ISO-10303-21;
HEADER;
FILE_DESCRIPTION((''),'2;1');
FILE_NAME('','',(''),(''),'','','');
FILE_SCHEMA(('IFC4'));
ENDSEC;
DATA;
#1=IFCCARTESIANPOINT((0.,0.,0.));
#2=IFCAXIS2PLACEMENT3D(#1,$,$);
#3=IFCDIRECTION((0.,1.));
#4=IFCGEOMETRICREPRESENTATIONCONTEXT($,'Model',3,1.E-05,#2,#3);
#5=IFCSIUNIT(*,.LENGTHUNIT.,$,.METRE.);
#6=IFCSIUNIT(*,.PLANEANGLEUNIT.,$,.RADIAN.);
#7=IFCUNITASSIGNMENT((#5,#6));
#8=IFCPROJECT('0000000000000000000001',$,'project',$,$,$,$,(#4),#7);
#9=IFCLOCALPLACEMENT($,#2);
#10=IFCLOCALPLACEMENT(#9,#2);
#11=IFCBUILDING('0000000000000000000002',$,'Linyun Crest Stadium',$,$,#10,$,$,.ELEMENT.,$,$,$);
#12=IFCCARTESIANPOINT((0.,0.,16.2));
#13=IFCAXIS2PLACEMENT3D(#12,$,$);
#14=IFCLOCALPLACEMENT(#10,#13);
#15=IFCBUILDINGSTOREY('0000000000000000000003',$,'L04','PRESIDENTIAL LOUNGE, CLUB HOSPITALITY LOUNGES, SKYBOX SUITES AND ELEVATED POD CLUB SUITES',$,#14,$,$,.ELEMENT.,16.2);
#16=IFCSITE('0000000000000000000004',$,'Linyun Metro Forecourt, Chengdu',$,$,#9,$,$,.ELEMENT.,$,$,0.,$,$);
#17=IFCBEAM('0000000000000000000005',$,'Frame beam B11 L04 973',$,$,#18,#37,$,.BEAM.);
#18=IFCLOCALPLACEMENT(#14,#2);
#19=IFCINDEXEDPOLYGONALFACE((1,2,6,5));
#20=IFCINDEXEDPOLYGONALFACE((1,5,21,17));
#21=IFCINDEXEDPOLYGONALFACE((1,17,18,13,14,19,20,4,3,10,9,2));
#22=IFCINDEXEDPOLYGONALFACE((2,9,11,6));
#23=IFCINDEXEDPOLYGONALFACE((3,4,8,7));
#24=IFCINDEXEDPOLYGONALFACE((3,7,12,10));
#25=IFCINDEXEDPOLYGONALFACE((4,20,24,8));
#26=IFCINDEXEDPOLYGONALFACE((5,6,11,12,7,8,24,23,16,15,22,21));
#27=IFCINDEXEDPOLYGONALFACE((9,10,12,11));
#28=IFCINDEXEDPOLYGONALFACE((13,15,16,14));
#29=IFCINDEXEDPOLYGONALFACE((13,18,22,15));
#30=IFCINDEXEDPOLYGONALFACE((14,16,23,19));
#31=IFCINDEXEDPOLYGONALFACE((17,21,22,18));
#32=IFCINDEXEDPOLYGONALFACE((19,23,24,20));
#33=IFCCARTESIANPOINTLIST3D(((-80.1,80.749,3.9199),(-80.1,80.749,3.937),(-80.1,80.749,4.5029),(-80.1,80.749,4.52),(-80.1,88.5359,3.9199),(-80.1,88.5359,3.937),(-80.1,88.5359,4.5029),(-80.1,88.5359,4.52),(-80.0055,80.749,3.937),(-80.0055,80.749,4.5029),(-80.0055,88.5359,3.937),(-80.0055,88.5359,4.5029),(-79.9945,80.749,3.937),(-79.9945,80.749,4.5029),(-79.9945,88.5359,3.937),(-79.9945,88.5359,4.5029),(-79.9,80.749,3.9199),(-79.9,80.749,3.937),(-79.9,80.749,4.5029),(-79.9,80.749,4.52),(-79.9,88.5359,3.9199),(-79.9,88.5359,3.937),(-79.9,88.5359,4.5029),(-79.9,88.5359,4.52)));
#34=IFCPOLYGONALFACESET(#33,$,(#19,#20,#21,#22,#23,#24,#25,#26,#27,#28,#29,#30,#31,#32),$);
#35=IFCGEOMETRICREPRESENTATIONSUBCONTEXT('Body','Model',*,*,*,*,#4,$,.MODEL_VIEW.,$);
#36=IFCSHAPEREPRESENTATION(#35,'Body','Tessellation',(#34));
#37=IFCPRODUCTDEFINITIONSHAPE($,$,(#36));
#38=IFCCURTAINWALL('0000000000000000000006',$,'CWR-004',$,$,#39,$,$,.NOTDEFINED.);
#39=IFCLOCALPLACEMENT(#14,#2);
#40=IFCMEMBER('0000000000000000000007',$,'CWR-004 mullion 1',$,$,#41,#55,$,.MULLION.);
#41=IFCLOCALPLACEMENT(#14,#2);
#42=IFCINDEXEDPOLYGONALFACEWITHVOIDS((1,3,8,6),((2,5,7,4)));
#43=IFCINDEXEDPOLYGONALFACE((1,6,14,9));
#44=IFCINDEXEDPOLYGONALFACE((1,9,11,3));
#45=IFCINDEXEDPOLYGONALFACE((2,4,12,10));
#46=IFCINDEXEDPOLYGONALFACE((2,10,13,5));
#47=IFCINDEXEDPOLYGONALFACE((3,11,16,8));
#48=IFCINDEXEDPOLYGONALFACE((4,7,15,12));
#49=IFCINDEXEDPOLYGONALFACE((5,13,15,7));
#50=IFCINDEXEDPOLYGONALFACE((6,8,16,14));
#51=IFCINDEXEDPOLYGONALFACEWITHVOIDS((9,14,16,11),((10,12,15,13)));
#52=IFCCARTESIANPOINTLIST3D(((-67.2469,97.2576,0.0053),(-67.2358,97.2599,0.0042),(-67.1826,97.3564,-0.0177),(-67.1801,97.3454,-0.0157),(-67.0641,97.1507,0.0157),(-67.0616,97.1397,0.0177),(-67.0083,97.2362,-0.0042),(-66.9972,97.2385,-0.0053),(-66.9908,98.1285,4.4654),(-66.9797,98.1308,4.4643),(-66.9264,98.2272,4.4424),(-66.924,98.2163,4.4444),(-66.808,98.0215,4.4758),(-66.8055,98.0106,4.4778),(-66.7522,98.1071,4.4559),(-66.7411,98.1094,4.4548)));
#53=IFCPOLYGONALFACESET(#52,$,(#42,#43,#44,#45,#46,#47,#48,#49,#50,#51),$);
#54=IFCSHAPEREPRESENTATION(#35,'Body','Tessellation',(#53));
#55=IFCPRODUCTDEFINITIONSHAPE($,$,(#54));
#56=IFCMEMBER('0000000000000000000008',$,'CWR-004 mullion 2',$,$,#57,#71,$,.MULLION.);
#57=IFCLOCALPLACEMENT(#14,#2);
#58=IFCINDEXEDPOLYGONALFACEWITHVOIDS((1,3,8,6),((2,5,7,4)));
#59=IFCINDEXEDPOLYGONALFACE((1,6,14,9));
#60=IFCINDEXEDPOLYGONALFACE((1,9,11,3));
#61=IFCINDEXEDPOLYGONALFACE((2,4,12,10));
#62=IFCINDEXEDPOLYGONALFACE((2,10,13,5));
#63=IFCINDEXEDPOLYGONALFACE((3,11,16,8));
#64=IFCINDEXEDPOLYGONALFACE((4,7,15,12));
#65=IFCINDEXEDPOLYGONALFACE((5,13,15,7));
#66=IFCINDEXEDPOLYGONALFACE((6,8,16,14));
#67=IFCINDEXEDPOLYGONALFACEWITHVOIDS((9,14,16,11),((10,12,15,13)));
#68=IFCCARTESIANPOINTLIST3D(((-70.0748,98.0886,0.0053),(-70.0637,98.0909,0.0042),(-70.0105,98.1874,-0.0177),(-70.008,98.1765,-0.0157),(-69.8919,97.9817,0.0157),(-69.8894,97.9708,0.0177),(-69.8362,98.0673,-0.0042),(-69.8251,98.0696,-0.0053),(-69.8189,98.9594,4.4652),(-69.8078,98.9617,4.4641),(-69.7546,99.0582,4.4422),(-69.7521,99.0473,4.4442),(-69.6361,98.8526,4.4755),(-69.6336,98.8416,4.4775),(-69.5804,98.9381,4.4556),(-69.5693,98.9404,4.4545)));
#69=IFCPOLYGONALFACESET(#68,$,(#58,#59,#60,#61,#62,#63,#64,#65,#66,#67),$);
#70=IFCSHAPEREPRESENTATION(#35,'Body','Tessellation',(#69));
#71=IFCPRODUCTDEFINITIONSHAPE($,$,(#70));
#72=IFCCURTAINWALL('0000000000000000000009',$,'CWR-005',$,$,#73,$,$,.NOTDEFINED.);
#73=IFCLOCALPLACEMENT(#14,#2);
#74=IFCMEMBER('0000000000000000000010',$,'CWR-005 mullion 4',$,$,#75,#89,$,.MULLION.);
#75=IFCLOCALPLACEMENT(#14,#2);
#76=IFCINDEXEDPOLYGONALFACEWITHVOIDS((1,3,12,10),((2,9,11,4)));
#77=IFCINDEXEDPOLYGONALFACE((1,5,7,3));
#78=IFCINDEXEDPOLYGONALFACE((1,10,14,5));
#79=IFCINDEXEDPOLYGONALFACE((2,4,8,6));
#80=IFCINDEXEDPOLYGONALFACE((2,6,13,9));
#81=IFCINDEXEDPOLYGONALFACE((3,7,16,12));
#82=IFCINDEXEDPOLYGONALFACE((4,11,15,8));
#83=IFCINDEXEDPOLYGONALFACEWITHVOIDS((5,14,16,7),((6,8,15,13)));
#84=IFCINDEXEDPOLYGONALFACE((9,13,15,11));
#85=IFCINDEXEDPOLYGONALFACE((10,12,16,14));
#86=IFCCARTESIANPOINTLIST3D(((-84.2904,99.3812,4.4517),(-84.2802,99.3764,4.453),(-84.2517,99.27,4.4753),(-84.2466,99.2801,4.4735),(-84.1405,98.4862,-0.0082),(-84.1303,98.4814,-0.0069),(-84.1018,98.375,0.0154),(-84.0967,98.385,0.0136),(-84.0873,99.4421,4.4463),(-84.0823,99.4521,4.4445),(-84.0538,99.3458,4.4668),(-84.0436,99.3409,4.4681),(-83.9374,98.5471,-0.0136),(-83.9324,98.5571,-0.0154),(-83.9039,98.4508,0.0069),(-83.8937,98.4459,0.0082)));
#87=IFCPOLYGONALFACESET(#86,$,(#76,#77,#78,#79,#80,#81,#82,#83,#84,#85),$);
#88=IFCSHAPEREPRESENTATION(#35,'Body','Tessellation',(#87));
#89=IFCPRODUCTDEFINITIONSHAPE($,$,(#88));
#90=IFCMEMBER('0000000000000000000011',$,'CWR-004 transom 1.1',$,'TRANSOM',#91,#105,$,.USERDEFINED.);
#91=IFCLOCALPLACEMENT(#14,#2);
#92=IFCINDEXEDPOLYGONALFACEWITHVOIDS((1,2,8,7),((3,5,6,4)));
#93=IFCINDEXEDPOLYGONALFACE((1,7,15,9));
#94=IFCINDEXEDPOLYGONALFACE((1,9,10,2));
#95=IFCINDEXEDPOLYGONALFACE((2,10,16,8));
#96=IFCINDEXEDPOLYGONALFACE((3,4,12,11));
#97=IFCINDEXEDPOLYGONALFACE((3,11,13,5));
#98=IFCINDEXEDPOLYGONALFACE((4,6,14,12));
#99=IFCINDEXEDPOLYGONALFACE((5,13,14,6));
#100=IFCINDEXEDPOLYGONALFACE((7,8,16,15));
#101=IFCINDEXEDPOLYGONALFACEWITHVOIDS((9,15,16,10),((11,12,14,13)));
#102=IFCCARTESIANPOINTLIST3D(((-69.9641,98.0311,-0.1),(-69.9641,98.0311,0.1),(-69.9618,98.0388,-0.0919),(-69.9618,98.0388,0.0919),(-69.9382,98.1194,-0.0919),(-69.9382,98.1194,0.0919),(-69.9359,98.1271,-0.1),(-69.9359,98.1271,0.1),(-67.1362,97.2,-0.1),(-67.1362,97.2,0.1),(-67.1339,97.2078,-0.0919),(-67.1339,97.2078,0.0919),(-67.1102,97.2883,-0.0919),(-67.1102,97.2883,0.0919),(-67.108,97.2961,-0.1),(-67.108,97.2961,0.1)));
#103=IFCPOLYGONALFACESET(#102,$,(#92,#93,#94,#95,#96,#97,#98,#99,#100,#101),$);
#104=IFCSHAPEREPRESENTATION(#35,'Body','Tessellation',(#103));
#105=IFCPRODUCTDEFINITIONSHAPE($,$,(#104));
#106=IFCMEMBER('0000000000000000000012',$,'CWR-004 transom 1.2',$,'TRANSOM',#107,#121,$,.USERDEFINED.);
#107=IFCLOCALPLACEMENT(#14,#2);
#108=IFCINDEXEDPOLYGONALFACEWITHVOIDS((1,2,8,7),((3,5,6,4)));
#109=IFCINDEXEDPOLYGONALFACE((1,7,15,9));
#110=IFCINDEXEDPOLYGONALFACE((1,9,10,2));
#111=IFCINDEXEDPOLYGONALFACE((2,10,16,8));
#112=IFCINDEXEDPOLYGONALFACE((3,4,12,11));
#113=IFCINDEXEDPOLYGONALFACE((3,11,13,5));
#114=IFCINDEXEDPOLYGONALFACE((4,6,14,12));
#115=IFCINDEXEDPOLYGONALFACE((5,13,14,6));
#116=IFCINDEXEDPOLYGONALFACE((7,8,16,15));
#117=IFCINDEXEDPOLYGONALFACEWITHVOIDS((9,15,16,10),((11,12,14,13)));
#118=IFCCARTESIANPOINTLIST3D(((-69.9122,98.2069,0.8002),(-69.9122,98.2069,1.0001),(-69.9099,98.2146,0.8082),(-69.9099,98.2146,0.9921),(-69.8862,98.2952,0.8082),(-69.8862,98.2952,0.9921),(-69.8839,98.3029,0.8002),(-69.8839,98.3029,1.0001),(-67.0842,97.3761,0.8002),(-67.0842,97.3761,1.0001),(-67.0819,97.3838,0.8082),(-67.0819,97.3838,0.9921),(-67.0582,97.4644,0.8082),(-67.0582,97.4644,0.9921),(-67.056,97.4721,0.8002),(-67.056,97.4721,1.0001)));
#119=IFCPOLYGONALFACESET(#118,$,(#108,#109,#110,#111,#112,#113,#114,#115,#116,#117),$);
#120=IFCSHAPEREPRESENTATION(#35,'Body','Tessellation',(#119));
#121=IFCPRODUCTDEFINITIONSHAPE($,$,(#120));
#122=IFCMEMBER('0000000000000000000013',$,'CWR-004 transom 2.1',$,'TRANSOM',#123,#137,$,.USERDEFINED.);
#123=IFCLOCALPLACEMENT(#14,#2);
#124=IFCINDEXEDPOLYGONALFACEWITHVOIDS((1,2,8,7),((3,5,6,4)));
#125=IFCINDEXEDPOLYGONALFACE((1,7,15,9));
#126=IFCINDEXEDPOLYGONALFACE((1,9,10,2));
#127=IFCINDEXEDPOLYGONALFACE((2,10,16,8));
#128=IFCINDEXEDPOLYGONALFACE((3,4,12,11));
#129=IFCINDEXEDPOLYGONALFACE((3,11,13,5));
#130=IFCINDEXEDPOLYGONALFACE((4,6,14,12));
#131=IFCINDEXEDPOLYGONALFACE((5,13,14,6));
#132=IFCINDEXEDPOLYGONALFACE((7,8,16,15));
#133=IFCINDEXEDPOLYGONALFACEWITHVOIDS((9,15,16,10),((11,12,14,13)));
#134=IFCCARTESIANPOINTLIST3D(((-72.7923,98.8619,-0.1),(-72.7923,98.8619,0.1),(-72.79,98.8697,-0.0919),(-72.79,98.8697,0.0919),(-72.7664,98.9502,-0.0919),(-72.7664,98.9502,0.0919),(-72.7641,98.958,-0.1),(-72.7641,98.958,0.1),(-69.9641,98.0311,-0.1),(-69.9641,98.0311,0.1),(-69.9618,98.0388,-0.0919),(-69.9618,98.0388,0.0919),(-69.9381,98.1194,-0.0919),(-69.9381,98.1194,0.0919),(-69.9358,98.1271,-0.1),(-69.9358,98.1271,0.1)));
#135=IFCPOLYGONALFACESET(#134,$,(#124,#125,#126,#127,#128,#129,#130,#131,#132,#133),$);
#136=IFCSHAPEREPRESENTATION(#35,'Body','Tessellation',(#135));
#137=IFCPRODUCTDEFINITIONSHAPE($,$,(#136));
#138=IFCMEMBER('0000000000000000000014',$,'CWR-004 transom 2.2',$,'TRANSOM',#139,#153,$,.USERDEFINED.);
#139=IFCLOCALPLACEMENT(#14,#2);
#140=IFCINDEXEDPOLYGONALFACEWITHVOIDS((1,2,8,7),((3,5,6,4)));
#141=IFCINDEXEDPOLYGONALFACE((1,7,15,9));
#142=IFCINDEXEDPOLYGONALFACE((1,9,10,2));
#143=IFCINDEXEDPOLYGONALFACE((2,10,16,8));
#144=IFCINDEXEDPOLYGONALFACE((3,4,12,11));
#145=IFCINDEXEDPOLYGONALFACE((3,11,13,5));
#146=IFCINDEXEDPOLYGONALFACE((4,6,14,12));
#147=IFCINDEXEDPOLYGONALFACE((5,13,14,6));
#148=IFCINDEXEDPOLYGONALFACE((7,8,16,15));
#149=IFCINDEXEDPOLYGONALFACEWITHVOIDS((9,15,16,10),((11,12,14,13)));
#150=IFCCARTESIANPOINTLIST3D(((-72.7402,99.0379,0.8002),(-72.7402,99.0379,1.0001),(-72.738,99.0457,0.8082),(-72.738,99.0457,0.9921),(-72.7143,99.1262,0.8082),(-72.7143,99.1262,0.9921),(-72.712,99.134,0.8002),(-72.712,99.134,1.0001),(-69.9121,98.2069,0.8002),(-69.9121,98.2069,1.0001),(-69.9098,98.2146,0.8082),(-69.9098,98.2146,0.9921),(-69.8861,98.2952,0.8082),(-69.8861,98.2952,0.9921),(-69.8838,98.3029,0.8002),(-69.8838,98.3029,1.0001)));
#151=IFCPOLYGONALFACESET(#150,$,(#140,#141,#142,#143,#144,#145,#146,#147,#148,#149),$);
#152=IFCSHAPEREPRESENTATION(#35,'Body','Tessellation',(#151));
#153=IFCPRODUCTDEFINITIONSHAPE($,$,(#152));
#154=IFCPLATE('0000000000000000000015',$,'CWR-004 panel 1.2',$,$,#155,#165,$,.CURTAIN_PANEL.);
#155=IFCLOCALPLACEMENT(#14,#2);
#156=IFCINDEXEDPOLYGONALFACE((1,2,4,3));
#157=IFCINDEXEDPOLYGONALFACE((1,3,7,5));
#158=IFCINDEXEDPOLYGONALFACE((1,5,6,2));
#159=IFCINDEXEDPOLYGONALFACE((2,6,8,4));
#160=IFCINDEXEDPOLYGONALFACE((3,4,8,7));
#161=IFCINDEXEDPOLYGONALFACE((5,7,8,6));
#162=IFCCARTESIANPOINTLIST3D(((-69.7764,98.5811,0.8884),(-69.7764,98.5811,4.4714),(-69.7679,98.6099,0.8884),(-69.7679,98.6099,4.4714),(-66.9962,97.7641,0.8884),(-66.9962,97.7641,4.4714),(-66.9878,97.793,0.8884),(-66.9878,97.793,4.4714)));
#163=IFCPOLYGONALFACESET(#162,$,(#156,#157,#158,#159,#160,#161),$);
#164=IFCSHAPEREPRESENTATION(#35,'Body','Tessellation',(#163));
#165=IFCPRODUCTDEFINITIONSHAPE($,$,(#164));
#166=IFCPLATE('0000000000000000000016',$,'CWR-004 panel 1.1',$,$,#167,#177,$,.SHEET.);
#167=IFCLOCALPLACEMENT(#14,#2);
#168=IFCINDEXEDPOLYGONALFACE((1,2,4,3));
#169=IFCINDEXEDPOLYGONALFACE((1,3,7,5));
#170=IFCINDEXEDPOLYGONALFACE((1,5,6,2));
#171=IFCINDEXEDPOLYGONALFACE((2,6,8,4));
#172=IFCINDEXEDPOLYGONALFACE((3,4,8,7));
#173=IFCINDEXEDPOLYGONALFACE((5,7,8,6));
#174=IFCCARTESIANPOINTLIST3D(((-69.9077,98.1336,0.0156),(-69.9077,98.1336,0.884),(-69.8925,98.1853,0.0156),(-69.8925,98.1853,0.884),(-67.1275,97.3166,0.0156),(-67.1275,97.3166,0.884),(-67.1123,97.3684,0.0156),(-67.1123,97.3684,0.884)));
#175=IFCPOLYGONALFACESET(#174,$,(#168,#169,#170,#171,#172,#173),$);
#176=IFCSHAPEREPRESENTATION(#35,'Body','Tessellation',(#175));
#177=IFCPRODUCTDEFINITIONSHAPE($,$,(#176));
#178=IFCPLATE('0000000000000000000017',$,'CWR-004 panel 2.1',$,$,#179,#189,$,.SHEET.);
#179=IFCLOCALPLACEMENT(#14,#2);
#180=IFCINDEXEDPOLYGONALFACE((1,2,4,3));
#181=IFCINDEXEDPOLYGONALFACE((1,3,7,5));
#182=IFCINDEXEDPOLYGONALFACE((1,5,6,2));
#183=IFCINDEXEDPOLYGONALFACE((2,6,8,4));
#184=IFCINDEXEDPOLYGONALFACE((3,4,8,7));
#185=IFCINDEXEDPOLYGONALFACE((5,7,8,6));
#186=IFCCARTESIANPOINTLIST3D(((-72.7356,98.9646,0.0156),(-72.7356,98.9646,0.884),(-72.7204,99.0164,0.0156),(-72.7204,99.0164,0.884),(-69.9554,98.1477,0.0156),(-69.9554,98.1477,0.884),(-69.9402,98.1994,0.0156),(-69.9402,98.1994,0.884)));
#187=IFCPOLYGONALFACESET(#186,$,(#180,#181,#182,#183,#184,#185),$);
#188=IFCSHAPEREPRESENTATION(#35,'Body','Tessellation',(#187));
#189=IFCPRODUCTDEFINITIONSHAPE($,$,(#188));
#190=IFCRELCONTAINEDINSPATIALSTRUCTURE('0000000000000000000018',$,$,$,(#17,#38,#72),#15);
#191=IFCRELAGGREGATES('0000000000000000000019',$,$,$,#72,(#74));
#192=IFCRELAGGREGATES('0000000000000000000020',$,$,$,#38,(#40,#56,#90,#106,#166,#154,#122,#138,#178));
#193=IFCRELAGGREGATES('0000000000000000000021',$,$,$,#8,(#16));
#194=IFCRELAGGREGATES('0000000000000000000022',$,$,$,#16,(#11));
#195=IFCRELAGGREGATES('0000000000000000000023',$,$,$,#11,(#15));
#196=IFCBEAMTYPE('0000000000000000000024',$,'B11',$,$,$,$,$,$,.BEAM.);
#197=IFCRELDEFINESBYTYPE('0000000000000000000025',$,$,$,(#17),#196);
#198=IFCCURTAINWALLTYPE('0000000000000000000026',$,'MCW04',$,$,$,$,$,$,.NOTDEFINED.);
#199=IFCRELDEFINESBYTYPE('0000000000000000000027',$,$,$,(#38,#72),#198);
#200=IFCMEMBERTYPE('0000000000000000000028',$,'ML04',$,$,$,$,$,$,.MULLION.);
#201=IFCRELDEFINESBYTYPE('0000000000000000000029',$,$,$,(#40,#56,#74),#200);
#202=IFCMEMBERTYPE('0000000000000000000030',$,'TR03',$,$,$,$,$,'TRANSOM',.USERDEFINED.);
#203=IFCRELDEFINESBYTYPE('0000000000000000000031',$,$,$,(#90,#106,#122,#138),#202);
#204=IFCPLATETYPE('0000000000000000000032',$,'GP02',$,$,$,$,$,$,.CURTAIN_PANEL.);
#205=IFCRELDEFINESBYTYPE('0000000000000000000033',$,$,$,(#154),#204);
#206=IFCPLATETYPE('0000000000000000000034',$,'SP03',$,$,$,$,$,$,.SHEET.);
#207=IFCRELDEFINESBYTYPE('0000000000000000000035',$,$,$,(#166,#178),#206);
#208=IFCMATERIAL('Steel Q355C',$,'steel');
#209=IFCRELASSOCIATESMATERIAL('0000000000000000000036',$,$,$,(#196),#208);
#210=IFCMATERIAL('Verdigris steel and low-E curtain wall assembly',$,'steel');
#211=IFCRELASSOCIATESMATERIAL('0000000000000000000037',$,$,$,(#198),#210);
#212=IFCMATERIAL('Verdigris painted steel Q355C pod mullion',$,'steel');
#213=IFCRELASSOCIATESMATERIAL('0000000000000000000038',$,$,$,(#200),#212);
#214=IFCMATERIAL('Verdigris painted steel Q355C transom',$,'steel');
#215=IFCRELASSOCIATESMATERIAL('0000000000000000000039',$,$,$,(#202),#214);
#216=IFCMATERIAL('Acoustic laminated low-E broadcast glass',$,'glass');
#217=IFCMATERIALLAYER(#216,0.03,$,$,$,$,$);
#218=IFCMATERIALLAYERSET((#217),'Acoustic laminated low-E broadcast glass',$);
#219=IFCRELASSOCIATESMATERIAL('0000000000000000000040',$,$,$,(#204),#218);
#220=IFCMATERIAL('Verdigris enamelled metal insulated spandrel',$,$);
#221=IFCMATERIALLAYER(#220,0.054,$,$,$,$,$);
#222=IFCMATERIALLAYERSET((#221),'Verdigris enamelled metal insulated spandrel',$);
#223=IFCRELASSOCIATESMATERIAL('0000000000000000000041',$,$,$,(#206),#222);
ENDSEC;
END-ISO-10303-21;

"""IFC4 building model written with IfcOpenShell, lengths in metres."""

from ifc_helpers import new_model, si_unit, direction, frame, origin, origin_2d, place, context, subcontext, project, spatial, rectangle, hollow_rectangle, i_section, extrude, material, layer, layer_set, material_profile, profile_set, type_object, element, aggregate, save


model = new_model("IFC4")

# Units and contexts
model_context = context("Model", 3, precision=1e-05, world=origin(), true_north=direction((0.0, 1.0)))
body_context = subcontext(model_context, "Body", "Model", "MODEL_VIEW")
ifc_project = project(units=[si_unit("LENGTHUNIT", "METRE"), si_unit("PLANEANGLEUNIT", "RADIAN")], contexts=[model_context])

# Site, building, storey
site_placement = place(None, origin())
site = spatial("IfcSite", under=ifc_project, at=site_placement, Name="Linyun Metro Forecourt, Chengdu", CompositionType="ELEMENT", RefElevation=0.0)
building_placement = place(site_placement, origin())
building = spatial("IfcBuilding", under=site, at=building_placement, Name="Linyun Crest Stadium", CompositionType="ELEMENT")
storey_placement = place(building_placement, frame((0.0, 0.0, 16.2)))
storey = spatial("IfcBuildingStorey", under=building, at=storey_placement, Name="L04", Description="PRESIDENTIAL LOUNGE, CLUB HOSPITALITY LOUNGES, SKYBOX SUITES AND ELEVATED POD CLUB SUITES", CompositionType="ELEMENT", Elevation=16.2)

# Beam
ifc_material_1 = material(Name="Steel Q355C", Category="steel")
ifc_material_profile_1 = material_profile(ifc_material_1, i_section(OverallWidth=0.2, OverallDepth=0.6001, WebThickness=0.011, FlangeThickness=0.0171, at=origin_2d()), Name="HN 600x200")
ifc_profile_set_1 = profile_set([ifc_material_profile_1], Name="Steel Q355C")
beam_type_1 = type_object("IfcBeamType", Name="B11", PredefinedType="BEAM", material=ifc_profile_set_1)
beam_1_placement = place(storey_placement, frame((-80.0, 80.749, 4.22), z_axis=(0.0, 1.0, 0.0), x_axis=(-1.0, 0.0, 0.0)))
element("IfcBeam", 1, at=beam_1_placement, inside=storey, type_object=beam_type_1, Name="Frame beam B11 L04 973", PredefinedType="BEAM", context=body_context, shape_type="SweptSolid", body=[
    extrude(i_section(OverallWidth=0.2, OverallDepth=0.6001, WebThickness=0.011, FlangeThickness=0.0171, at=origin_2d()), origin(), (0.0, 0.0, 1.0), 7.7869),
])

# Curtain wall, members
ifc_material_2 = material(Name="Verdigris steel and low-E curtain wall assembly", Category="steel")
curtain_wall_type = type_object("IfcCurtainWallType", Name="MCW04", PredefinedType="NOTDEFINED", material=ifc_material_2)
curtain_wall_1_placement = place(storey_placement, origin())
curtain_wall_1 = element("IfcCurtainWall", 2, at=curtain_wall_1_placement, inside=storey, type_object=curtain_wall_type, Name="CWR-004", PredefinedType="NOTDEFINED")
ifc_material_3 = material(Name="Verdigris painted steel Q355C pod mullion", Category="steel")
ifc_material_profile_2 = material_profile(ifc_material_3, hollow_rectangle(XDim=0.1201, YDim=0.22, WallThickness=0.0081, at=origin_2d()), Name="RHS 220x120x8")
ifc_profile_set_2 = profile_set([ifc_material_profile_2], Name="Verdigris painted steel Q355C pod mullion")
member_type_1 = type_object("IfcMemberType", Name="ML04", PredefinedType="MULLION", material=ifc_profile_set_2)
member_1_placement = place(storey_placement, frame((-67.1221, 97.248, 0.0), z_axis=(0.056269, 0.191337, 0.97991), x_axis=(0.535798, 0.82238, -0.191344)))
member_1 = element("IfcMember", 3, at=member_1_placement, type_object=member_type_1, Name="CWR-004 mullion 1", PredefinedType="MULLION", context=body_context, shape_type="SweptSolid", body=[
    extrude(hollow_rectangle(XDim=0.1201, YDim=0.22, WallThickness=0.0081, at=origin_2d()), origin(), (0.0, 0.0, 1.0), 4.5515),
])
member_2_placement = place(storey_placement, frame((-69.95, 98.0791, 0.0), z_axis=(0.056216, 0.191337, 0.979913), x_axis=(0.535586, 0.822521, -0.19133)))
member_2 = element("IfcMember", 4, at=member_2_placement, type_object=member_type_1, Name="CWR-004 mullion 2", PredefinedType="MULLION", context=body_context, shape_type="SweptSolid", body=[
    extrude(hollow_rectangle(XDim=0.1201, YDim=0.22, WallThickness=0.0081, at=origin_2d()), origin(), (0.0, 0.0, 1.0), 4.5513),
])

# Curtain wall, member
curtain_wall_2_placement = place(storey_placement, origin())
curtain_wall_2 = element("IfcCurtainWall", 5, at=curtain_wall_2_placement, inside=storey, type_object=curtain_wall_type, Name="CWR-005", PredefinedType="NOTDEFINED")
member_3_placement = place(storey_placement, frame((-84.0171, 98.4661, 0.0), z_axis=(-0.032936, 0.196649, 0.979921), x_axis=(-0.322428, 0.925941, -0.196654)))
member_3 = element("IfcMember", 6, at=member_3_placement, type_object=member_type_1, Name="CWR-005 mullion 4", PredefinedType="MULLION", context=body_context, shape_type="SweptSolid", body=[
    extrude(hollow_rectangle(XDim=0.1201, YDim=0.22, WallThickness=0.0081, at=origin_2d()), origin(), (0.0, 0.0, 1.0), 4.5513),
])
aggregate(curtain_wall_2, [member_3])

# Members
ifc_material_4 = material(Name="Verdigris painted steel Q355C transom", Category="steel")
ifc_material_profile_3 = material_profile(ifc_material_4, hollow_rectangle(XDim=0.1001, YDim=0.2, WallThickness=0.0081, at=origin_2d()), Name="RHS 200x100x8")
ifc_profile_set_3 = profile_set([ifc_material_profile_3], Name="Verdigris painted steel Q355C transom")
member_type_2 = type_object("IfcMemberType", Name="TR03", ElementType="TRANSOM", PredefinedType="USERDEFINED", material=ifc_profile_set_3)
member_4_placement = place(storey_placement, frame((-67.1221, 97.248, 0.0), z_axis=(-0.959427, 0.281956, 0.0), x_axis=(-0.281956, -0.959427, 0.0)))
member_4 = element("IfcMember", 7, at=member_4_placement, type_object=member_type_2, Name="CWR-004 transom 1.1", ObjectType="TRANSOM", PredefinedType="USERDEFINED", context=body_context, shape_type="SweptSolid", body=[
    extrude(hollow_rectangle(XDim=0.1001, YDim=0.2, WallThickness=0.0081, at=origin_2d()), origin(), (0.0, 0.0, 1.0), 2.9475),
])
member_5_placement = place(storey_placement, frame((-67.0701, 97.4241, 0.9001), z_axis=(-0.95945, 0.281879, 0.0), x_axis=(-0.281879, -0.95945, 0.0)))
member_5 = element("IfcMember", 8, at=member_5_placement, type_object=member_type_2, Name="CWR-004 transom 1.2", ObjectType="TRANSOM", PredefinedType="USERDEFINED", context=body_context, shape_type="SweptSolid", body=[
    extrude(hollow_rectangle(XDim=0.1001, YDim=0.2, WallThickness=0.0081, at=origin_2d()), origin(), (0.0, 0.0, 1.0), 2.9475),
])
member_6_placement = place(storey_placement, frame((-69.95, 98.0791, 0.0), z_axis=(-0.959456, 0.281857, 0.0), x_axis=(-0.281857, -0.959456, 0.0)))
member_6 = element("IfcMember", 9, at=member_6_placement, type_object=member_type_2, Name="CWR-004 transom 2.1", ObjectType="TRANSOM", PredefinedType="USERDEFINED", context=body_context, shape_type="SweptSolid", body=[
    extrude(hollow_rectangle(XDim=0.1001, YDim=0.2, WallThickness=0.0081, at=origin_2d()), origin(), (0.0, 0.0, 1.0), 2.9478),
])
member_7_placement = place(storey_placement, frame((-69.8979, 98.2549, 0.9001), z_axis=(-0.959434, 0.281933, 0.0), x_axis=(-0.281933, -0.959434, 0.0)))
member_7 = element("IfcMember", 10, at=member_7_placement, type_object=member_type_2, Name="CWR-004 transom 2.2", ObjectType="TRANSOM", PredefinedType="USERDEFINED", context=body_context, shape_type="SweptSolid", body=[
    extrude(hollow_rectangle(XDim=0.1001, YDim=0.2, WallThickness=0.0081, at=origin_2d()), origin(), (0.0, 0.0, 1.0), 2.9478),
])

# Plates
ifc_material_5 = material(Name="Acoustic laminated low-E broadcast glass", Category="glass")
ifc_layer_1 = layer(ifc_material_5, 0.03)
ifc_layer_set_1 = layer_set([ifc_layer_1], Name="Acoustic laminated low-E broadcast glass")
plate_type_1 = type_object("IfcPlateType", Name="GP02", PredefinedType="CURTAIN_PANEL", material=ifc_layer_set_1)
plate_1_placement = place(storey_placement, frame((-68.3821, 98.187, 0.8884), z_axis=(0.0, 0.0, 1.0), x_axis=(-0.959437, 0.281923, 0.0)))
plate_1 = element("IfcPlate", 11, at=plate_1_placement, type_object=plate_type_1, Name="CWR-004 panel 1.2", PredefinedType="CURTAIN_PANEL", context=body_context, shape_type="SweptSolid", body=[
    extrude(rectangle(XDim=2.8977, YDim=0.03, at=origin_2d()), origin(), (0.0, 0.0, 1.0), 3.583),
])
ifc_material_6 = material(Name="Verdigris enamelled metal insulated spandrel")
ifc_layer_2 = layer(ifc_material_6, 0.054)
ifc_layer_set_2 = layer_set([ifc_layer_2], Name="Verdigris enamelled metal insulated spandrel")
plate_type_2 = type_object("IfcPlateType", Name="SP03", PredefinedType="SHEET", material=ifc_layer_set_2)
plate_2_placement = place(storey_placement, frame((-68.51, 97.751, 0.0156), z_axis=(0.0, 0.0, 1.0), x_axis=(-0.959437, 0.281923, 0.0)))
plate_2 = element("IfcPlate", 12, at=plate_2_placement, type_object=plate_type_2, Name="CWR-004 panel 1.1", PredefinedType="SHEET", context=body_context, shape_type="SweptSolid", body=[
    extrude(rectangle(XDim=2.8977, YDim=0.054, at=origin_2d()), origin(), (0.0, 0.0, 1.0), 0.8684),
])
plate_3_placement = place(storey_placement, frame((-71.3379, 98.582, 0.0156), z_axis=(0.0, 0.0, 1.0), x_axis=(-0.959437, 0.281923, 0.0)))
plate_3 = element("IfcPlate", 13, at=plate_3_placement, type_object=plate_type_2, Name="CWR-004 panel 2.1", PredefinedType="SHEET", context=body_context, shape_type="SweptSolid", body=[
    extrude(rectangle(XDim=2.8977, YDim=0.054, at=origin_2d()), origin(), (0.0, 0.0, 1.0), 0.8684),
])
aggregate(curtain_wall_1, [member_1, member_2, member_4, member_5, plate_2, plate_1, member_6, member_7, plate_3])

save(model, "model.ifc")
